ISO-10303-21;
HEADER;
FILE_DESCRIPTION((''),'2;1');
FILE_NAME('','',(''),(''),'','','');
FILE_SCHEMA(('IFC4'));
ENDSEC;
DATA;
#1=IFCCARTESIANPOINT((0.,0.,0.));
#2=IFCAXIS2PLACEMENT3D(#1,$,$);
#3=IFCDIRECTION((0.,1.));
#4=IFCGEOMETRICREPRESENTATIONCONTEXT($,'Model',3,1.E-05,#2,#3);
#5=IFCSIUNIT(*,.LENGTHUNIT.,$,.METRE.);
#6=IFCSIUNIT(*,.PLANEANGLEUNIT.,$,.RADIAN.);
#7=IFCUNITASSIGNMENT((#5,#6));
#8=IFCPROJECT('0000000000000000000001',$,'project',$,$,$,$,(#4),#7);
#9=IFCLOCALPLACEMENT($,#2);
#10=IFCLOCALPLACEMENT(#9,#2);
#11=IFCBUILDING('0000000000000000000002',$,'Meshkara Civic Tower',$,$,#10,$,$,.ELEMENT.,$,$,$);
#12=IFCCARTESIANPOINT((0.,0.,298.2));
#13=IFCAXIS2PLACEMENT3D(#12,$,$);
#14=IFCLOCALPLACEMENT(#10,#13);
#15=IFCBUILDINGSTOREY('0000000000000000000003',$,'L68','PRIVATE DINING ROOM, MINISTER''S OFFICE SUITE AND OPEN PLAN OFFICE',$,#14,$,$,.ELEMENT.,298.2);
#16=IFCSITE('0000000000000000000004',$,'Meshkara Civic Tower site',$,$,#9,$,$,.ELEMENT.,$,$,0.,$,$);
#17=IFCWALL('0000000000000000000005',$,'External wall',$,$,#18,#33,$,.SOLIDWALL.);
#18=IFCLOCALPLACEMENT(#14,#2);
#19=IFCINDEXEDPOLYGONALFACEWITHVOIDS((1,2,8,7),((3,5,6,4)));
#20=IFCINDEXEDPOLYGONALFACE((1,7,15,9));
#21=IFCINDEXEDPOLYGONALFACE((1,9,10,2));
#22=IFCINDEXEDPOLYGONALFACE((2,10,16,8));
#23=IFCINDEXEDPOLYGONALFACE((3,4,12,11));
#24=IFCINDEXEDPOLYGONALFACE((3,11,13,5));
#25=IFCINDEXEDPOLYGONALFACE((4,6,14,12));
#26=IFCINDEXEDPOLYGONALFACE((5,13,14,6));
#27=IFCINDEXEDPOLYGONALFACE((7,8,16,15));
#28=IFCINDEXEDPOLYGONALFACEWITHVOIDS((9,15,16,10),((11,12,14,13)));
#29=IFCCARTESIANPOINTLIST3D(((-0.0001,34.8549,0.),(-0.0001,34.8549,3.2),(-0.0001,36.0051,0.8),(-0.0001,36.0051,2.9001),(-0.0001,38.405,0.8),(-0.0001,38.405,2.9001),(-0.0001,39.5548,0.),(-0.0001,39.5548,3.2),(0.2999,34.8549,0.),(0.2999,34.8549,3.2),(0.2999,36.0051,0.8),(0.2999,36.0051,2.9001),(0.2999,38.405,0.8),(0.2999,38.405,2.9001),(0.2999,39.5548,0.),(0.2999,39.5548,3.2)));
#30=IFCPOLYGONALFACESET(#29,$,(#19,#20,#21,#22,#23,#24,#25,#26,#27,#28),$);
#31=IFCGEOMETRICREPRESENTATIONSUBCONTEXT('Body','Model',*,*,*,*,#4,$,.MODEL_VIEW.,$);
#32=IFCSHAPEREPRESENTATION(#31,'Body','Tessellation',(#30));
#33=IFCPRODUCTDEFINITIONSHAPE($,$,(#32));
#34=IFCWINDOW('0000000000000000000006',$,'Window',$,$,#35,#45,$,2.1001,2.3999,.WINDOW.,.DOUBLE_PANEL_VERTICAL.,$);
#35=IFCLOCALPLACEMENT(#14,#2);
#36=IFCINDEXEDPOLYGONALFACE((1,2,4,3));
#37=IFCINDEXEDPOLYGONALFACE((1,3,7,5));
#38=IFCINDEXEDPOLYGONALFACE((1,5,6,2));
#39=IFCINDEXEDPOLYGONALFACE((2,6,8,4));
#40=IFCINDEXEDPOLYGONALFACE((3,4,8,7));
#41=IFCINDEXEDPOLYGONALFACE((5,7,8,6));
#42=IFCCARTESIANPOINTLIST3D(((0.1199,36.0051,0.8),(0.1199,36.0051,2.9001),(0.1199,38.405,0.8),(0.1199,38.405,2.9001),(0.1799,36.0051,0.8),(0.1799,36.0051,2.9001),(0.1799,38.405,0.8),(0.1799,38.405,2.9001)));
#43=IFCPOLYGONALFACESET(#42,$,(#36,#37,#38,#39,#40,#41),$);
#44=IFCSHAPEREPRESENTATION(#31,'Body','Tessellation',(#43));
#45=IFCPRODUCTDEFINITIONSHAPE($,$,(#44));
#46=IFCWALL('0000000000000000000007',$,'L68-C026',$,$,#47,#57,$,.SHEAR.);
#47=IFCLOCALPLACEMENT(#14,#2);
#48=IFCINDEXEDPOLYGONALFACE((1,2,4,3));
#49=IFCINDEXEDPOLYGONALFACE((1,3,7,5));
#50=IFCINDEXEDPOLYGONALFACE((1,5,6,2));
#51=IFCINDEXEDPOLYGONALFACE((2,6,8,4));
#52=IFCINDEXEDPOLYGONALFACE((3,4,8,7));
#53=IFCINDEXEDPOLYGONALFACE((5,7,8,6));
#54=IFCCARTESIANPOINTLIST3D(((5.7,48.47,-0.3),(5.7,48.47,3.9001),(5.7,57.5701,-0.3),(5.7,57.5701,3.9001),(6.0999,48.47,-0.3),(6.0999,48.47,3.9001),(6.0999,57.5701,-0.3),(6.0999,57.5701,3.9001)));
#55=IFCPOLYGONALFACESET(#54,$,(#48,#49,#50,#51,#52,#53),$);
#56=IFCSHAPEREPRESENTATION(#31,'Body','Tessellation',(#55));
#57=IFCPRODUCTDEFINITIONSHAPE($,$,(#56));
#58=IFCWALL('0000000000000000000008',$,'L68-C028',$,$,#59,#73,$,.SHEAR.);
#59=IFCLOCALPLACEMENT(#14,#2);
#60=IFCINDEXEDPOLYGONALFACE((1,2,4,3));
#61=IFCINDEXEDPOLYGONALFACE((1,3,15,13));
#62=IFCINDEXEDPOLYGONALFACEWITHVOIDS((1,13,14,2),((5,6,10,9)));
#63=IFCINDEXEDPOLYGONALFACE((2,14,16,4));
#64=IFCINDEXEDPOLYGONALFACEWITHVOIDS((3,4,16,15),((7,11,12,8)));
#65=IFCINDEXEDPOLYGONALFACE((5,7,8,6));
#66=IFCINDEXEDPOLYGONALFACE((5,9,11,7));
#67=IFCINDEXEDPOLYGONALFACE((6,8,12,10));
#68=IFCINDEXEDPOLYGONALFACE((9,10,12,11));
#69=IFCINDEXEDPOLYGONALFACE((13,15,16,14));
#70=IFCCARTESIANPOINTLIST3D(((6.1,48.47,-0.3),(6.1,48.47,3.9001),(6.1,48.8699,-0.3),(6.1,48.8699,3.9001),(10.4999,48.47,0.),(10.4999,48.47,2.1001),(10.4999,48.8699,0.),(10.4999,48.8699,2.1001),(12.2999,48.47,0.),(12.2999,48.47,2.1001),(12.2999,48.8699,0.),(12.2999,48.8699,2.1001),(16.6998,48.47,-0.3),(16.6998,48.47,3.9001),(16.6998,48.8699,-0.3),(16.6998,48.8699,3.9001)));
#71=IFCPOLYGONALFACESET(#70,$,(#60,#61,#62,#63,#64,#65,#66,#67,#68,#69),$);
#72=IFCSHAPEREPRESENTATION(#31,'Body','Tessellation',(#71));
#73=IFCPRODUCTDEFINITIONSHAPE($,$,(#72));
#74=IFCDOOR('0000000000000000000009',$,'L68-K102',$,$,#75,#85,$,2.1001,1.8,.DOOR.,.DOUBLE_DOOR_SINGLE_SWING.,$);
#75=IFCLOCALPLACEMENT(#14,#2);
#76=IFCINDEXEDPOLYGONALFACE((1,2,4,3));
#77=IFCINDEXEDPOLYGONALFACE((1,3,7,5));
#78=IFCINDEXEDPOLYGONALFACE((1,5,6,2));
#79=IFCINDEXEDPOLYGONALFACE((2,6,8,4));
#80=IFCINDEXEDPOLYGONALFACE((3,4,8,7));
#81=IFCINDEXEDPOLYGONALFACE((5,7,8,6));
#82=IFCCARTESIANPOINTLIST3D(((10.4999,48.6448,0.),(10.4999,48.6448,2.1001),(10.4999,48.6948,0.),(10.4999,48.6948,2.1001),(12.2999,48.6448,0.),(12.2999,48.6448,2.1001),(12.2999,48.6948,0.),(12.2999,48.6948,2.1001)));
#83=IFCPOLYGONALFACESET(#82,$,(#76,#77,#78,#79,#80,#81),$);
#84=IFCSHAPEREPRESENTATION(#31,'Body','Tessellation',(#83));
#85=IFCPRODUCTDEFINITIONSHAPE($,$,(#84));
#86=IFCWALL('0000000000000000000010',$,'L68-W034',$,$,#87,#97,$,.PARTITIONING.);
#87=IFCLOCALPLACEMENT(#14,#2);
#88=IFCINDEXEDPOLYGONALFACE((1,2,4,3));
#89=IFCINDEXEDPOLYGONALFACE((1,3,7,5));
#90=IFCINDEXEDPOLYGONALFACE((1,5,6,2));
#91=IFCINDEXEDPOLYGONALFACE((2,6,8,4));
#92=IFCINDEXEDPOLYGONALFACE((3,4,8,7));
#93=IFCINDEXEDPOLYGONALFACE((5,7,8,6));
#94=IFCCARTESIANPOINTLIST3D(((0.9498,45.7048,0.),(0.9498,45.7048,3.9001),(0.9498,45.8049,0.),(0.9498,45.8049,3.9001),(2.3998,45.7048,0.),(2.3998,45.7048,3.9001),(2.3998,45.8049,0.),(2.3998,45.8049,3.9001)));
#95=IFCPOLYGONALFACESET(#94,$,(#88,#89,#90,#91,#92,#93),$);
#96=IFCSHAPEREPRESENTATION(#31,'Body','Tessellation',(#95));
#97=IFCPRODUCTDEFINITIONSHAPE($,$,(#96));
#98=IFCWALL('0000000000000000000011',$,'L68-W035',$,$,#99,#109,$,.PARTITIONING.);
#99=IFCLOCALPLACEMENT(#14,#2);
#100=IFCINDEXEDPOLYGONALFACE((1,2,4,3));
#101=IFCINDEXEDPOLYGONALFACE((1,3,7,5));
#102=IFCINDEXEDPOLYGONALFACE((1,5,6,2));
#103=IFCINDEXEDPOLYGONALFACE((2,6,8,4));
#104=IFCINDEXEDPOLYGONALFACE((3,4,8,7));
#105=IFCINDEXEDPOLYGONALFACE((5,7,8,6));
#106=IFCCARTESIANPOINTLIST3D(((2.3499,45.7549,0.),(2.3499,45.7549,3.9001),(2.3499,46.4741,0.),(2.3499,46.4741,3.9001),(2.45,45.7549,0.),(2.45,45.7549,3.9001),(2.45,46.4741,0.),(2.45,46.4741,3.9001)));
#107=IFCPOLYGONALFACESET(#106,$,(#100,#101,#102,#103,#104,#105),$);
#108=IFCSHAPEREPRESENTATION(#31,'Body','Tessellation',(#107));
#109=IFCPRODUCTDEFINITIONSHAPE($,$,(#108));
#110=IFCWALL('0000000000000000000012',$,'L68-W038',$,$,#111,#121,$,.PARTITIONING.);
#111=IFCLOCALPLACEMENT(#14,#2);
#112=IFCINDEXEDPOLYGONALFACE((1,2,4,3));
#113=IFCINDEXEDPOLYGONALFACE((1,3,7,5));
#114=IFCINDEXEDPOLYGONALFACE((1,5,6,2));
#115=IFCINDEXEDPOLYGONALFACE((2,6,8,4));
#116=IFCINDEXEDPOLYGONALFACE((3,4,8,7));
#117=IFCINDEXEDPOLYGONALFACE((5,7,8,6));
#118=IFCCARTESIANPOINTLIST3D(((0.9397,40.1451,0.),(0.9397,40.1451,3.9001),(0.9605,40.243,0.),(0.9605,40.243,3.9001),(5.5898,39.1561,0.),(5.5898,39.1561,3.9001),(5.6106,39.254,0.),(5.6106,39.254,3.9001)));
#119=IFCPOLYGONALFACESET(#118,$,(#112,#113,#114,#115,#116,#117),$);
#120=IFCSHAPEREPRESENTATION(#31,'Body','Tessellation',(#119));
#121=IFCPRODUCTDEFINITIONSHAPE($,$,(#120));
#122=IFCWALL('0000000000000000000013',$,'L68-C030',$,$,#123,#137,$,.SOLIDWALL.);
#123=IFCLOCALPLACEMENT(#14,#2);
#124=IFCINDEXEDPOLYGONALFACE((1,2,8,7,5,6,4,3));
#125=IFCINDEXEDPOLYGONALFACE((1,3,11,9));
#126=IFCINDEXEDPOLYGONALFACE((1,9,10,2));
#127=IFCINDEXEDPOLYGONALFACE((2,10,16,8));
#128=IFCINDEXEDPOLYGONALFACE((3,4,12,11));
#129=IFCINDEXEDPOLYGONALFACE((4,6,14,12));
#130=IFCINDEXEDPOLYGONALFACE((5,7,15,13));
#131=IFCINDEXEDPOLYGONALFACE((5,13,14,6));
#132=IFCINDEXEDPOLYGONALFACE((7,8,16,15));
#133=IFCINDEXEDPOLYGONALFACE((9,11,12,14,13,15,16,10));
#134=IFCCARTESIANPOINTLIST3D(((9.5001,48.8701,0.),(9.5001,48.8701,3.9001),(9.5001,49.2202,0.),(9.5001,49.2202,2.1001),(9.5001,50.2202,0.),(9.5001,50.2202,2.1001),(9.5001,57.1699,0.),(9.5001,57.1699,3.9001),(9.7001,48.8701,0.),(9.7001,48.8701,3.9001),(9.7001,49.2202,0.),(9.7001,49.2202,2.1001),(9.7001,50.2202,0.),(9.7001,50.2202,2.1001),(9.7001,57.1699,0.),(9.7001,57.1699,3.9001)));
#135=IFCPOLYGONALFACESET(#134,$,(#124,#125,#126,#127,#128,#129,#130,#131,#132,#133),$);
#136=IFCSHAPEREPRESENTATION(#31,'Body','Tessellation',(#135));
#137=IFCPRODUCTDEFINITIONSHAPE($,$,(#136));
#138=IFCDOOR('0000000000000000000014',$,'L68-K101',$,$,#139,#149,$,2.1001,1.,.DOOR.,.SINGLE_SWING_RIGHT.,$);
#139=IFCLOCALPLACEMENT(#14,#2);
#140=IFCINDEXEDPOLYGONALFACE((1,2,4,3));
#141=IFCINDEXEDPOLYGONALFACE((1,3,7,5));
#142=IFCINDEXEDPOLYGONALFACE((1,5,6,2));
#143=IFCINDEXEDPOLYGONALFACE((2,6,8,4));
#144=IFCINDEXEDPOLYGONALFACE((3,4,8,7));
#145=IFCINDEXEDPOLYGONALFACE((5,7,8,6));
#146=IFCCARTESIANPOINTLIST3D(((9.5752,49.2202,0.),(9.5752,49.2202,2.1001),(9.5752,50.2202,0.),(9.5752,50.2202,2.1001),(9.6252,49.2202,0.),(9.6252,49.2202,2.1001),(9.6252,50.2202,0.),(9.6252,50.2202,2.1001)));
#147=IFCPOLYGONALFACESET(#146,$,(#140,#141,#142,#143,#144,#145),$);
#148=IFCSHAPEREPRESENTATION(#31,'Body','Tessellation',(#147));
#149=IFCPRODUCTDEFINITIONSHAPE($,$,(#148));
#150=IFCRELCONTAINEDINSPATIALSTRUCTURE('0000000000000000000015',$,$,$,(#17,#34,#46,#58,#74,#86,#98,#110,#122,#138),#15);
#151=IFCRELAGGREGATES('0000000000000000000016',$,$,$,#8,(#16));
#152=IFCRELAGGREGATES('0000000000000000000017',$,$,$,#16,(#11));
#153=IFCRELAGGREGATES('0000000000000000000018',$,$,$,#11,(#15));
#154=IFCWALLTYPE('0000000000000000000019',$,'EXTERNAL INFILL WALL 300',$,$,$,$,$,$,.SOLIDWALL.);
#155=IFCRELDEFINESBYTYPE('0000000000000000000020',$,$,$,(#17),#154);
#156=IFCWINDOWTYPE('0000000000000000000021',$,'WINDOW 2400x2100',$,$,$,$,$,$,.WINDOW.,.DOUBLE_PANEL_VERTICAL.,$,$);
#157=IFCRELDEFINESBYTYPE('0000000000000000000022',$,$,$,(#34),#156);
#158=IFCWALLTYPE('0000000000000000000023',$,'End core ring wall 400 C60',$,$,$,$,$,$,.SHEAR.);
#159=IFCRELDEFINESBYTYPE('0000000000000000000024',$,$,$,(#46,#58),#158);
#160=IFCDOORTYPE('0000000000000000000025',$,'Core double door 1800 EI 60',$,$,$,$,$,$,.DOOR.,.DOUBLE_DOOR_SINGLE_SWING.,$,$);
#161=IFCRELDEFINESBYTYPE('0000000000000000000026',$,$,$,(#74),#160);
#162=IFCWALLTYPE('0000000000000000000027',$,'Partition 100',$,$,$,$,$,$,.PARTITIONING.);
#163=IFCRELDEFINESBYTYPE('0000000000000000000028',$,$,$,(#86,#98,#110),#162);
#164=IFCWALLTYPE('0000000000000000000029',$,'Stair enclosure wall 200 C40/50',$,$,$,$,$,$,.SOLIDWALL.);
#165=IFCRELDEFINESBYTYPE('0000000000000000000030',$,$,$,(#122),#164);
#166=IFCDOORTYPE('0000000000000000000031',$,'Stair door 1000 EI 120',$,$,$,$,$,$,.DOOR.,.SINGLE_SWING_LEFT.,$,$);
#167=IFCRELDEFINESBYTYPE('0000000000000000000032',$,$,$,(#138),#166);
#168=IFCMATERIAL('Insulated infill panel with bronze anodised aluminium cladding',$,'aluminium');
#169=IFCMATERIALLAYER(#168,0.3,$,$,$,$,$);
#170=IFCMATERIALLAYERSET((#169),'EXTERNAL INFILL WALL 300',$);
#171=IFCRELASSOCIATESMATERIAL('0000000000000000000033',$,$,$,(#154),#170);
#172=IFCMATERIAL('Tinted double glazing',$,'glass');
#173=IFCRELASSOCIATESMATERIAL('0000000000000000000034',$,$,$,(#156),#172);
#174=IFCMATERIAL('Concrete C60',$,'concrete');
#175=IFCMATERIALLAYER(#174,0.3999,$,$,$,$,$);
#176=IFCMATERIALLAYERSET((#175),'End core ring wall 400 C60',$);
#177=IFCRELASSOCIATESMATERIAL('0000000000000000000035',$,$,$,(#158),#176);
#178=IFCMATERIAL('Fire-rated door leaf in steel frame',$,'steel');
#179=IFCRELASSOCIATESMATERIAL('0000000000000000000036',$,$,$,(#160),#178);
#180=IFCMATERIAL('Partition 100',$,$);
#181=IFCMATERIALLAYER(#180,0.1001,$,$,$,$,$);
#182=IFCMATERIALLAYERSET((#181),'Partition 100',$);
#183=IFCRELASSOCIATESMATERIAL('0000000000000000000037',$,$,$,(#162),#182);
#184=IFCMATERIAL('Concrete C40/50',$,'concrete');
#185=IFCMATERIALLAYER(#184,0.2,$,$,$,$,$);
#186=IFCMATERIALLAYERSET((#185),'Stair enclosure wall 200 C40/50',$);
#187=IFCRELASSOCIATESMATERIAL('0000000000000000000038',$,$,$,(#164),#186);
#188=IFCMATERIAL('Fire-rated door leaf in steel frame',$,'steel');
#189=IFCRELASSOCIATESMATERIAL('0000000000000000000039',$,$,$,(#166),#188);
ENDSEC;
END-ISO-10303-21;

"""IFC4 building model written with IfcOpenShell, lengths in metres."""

from ifc_helpers import new_model, si_unit, direction, frame, frame_2d, origin, place, context, subcontext, project, spatial, rectangle, extrude, material, layer, layer_set, type_object, element, fill, save


model = new_model("IFC4")

# Units and contexts
model_context = context("Model", 3, precision=1e-05, world=origin(), true_north=direction((0.0, 1.0)))
body_context = subcontext(model_context, "Body", "Model", "MODEL_VIEW")
ifc_project = project(units=[si_unit("LENGTHUNIT", "METRE"), si_unit("PLANEANGLEUNIT", "RADIAN")], contexts=[model_context])

# Site, building, storey
site_placement = place(None, origin())
site = spatial("IfcSite", under=ifc_project, at=site_placement, Name="Meshkara Civic Tower site", CompositionType="ELEMENT", RefElevation=0.0)
building_placement = place(site_placement, origin())
building = spatial("IfcBuilding", under=site, at=building_placement, Name="Meshkara Civic Tower", CompositionType="ELEMENT")
storey_placement = place(building_placement, frame((0.0, 0.0, 298.2)))
storey = spatial("IfcBuildingStorey", under=building, at=storey_placement, Name="L68", Description="PRIVATE DINING ROOM, MINISTER'S OFFICE SUITE AND OPEN PLAN OFFICE", CompositionType="ELEMENT", Elevation=298.2)

# Wall, opening, window
ifc_material_1 = material(Name="Insulated infill panel with bronze anodised aluminium cladding", Category="aluminium")
ifc_layer_1 = layer(ifc_material_1, 0.3)
ifc_layer_set_1 = layer_set([ifc_layer_1], Name="EXTERNAL INFILL WALL 300")
wall_type_1 = type_object("IfcWallType", Name="EXTERNAL INFILL WALL 300", PredefinedType="SOLIDWALL", material=ifc_layer_set_1)
ifc_material_2 = material(Name="Tinted double glazing", Category="glass")
window_type = type_object("IfcWindowType", Name="WINDOW 2400x2100", PartitioningType="DOUBLE_PANEL_VERTICAL", PredefinedType="WINDOW", material=ifc_material_2)
wall_1_placement = place(storey_placement, frame((0.1499, 39.5549, 0.0), z_axis=(0.0, 0.0, 1.0), x_axis=(0.0, -1.0, 0.0)))
wall_1 = element("IfcWall", 1, at=wall_1_placement, inside=storey, type_object=wall_type_1, Name="External wall", PredefinedType="SOLIDWALL", context=body_context, shape_type="SweptSolid", body=[
    extrude(rectangle(XDim=4.7, YDim=0.3, at=frame_2d((2.3501, 0.0))), origin(), (0.0, 0.0, 1.0), 3.2),
])
opening_1_placement = place(wall_1_placement, frame((1.1499, 0.0, 0.8)))
opening_1 = element("IfcOpeningElement", 2, at=opening_1_placement, cuts=wall_1, PredefinedType="OPENING", context=body_context, shape_type="SweptSolid", body=[
    extrude(rectangle(XDim=2.3999, YDim=2.1001, at=frame_2d((1.2, 1.05))), frame((0.0, 0.1599, 0.0), z_axis=(0.0, -1.0, 0.0), x_axis=(1.0, 0.0, 0.0)), (0.0, 0.0, 1.0), 0.3201),
])
window_1_placement = place(opening_1_placement, origin())
window_1 = element("IfcWindow", 3, at=window_1_placement, inside=storey, type_object=window_type, Name="Window", OverallHeight=2.1001, OverallWidth=2.3999, PartitioningType="DOUBLE_PANEL_VERTICAL", PredefinedType="WINDOW", context=body_context, shape_type="SweptSolid", body=[
    extrude(rectangle(XDim=2.3999, YDim=2.1001, at=frame_2d((1.2, 1.05))), frame((0.0, 0.03, 0.0), z_axis=(0.0, -1.0, 0.0), x_axis=(1.0, 0.0, 0.0)), (0.0, 0.0, 1.0), 0.0601),
])
fill(opening_1, window_1)

# Wall
ifc_material_3 = material(Name="Concrete C60", Category="concrete")
ifc_layer_2 = layer(ifc_material_3, 0.3999)
ifc_layer_set_2 = layer_set([ifc_layer_2], Name="End core ring wall 400 C60")
wall_type_2 = type_object("IfcWallType", Name="End core ring wall 400 C60", PredefinedType="SHEAR", material=ifc_layer_set_2)
wall_2_placement = place(storey_placement, frame((5.8999, 48.47, -0.3), z_axis=(0.0, 0.0, 1.0), x_axis=(0.0, 1.0, 0.0)))
element("IfcWall", 4, at=wall_2_placement, inside=storey, type_object=wall_type_2, Name="L68-C026", PredefinedType="SHEAR", context=body_context, shape_type="SweptSolid", body=[
    extrude(rectangle(XDim=9.1001, YDim=0.3999, at=frame_2d((4.55, 0.0))), origin(), (0.0, 0.0, 1.0), 4.2002),
])

# Wall, opening, door
wall_3_placement = place(storey_placement, frame((6.1001, 48.6699, -0.3), z_axis=(0.0, 0.0, 1.0), x_axis=(1.0, 0.0, 0.0)))
wall_3 = element("IfcWall", 5, at=wall_3_placement, inside=storey, type_object=wall_type_2, Name="L68-C028", PredefinedType="SHEAR", context=body_context, shape_type="SweptSolid", body=[
    extrude(rectangle(XDim=10.5999, YDim=0.3999, at=frame_2d((5.2998, 0.0))), origin(), (0.0, 0.0, 1.0), 4.2002),
])
opening_2_placement = place(wall_3_placement, frame((4.3999, 0.0, 0.3)))
opening_2 = element("IfcOpeningElement", 6, at=opening_2_placement, cuts=wall_3, PredefinedType="OPENING", context=body_context, shape_type="SweptSolid", body=[
    extrude(rectangle(XDim=1.8, YDim=2.1001, at=frame_2d((0.8999, 1.05))), frame((0.0, 0.21, 0.0), z_axis=(0.0, -1.0, 0.0), x_axis=(1.0, 0.0, 0.0)), (0.0, 0.0, 1.0), 0.4199),
])
ifc_material_4 = material(Name="Fire-rated door leaf in steel frame", Category="steel")
door_type_1 = type_object("IfcDoorType", Name="Core double door 1800 EI 60", OperationType="DOUBLE_DOOR_SINGLE_SWING", PredefinedType="DOOR", material=ifc_material_4)
door_1_placement = place(opening_2_placement, origin())
door_1 = element("IfcDoor", 7, at=door_1_placement, inside=storey, type_object=door_type_1, Name="L68-K102", OperationType="DOUBLE_DOOR_SINGLE_SWING", OverallHeight=2.1001, OverallWidth=1.8, PredefinedType="DOOR", context=body_context, shape_type="SweptSolid", body=[
    extrude(rectangle(XDim=1.8, YDim=2.1001, at=frame_2d((0.8999, 1.05))), frame((0.0, 0.0249, 0.0), z_axis=(0.0, -1.0, 0.0), x_axis=(1.0, 0.0, 0.0)), (0.0, 0.0, 1.0), 0.05),
])
fill(opening_2, door_1)

# Walls
ifc_material_5 = material(Name="Partition 100")
ifc_layer_3 = layer(ifc_material_5, 0.1001)
ifc_layer_set_3 = layer_set([ifc_layer_3], Name="Partition 100")
wall_type_3 = type_object("IfcWallType", Name="Partition 100", PredefinedType="PARTITIONING", material=ifc_layer_set_3)
wall_4_placement = place(storey_placement, frame((2.3999, 45.7549, 0.0), z_axis=(0.0, 0.0, 1.0), x_axis=(-1.0, 0.0, 0.0)))
element("IfcWall", 8, at=wall_4_placement, inside=storey, type_object=wall_type_3, Name="L68-W034", PredefinedType="PARTITIONING", context=body_context, shape_type="SweptSolid", body=[
    extrude(rectangle(XDim=1.45, YDim=0.1001, at=frame_2d((0.7251, 0.0))), origin(), (0.0, 0.0, 1.0), 3.9001),
])
wall_5_placement = place(storey_placement, frame((2.3999, 46.4741, 0.0), z_axis=(0.0, 0.0, 1.0), x_axis=(0.0, -1.0, 0.0)))
element("IfcWall", 9, at=wall_5_placement, inside=storey, type_object=wall_type_3, Name="L68-W035", PredefinedType="PARTITIONING", context=body_context, shape_type="SweptSolid", body=[
    extrude(rectangle(XDim=0.7192, YDim=0.1001, at=frame_2d((0.3596, 0.0))), origin(), (0.0, 0.0, 1.0), 3.9001),
])
wall_6_placement = place(storey_placement, frame((5.6001, 39.2051, 0.0), z_axis=(0.0, 0.0, 1.0), x_axis=(-0.978122, 0.208031, 0.0)))
element("IfcWall", 10, at=wall_6_placement, inside=storey, type_object=wall_type_3, Name="L68-W038", PredefinedType="PARTITIONING", context=body_context, shape_type="SweptSolid", body=[
    extrude(rectangle(XDim=4.7542, YDim=0.1001, at=frame_2d((2.377, 0.0))), origin(), (0.0, 0.0, 1.0), 3.9001),
])

# Wall, opening, door
ifc_material_6 = material(Name="Concrete C40/50", Category="concrete")
ifc_layer_4 = layer(ifc_material_6, 0.2)
ifc_layer_set_4 = layer_set([ifc_layer_4], Name="Stair enclosure wall 200 C40/50")
wall_type_4 = type_object("IfcWallType", Name="Stair enclosure wall 200 C40/50", PredefinedType="SOLIDWALL", material=ifc_layer_set_4)
wall_7_placement = place(storey_placement, frame((9.6001, 48.8701, 0.0), z_axis=(0.0, 0.0, 1.0), x_axis=(0.0, 1.0, 0.0)))
wall_7 = element("IfcWall", 11, at=wall_7_placement, inside=storey, type_object=wall_type_4, Name="L68-C030", PredefinedType="SOLIDWALL", context=body_context, shape_type="SweptSolid", body=[
    extrude(rectangle(XDim=8.2998, YDim=0.2, at=frame_2d((4.1499, 0.0))), origin(), (0.0, 0.0, 1.0), 3.9001),
])
opening_3_placement = place(wall_7_placement, frame((0.3501, 0.0, 0.0)))
opening_3 = element("IfcOpeningElement", 12, at=opening_3_placement, cuts=wall_7, PredefinedType="OPENING", context=body_context, shape_type="SweptSolid", body=[
    extrude(rectangle(XDim=1.0, YDim=2.1001, at=frame_2d((0.5, 1.05))), frame((0.0, 0.1099, 0.0), z_axis=(0.0, -1.0, 0.0), x_axis=(1.0, 0.0, 0.0)), (0.0, 0.0, 1.0), 0.22),
])
ifc_material_7 = material(Name="Fire-rated door leaf in steel frame", Category="steel")
door_type_2 = type_object("IfcDoorType", Name="Stair door 1000 EI 120", OperationType="SINGLE_SWING_LEFT", PredefinedType="DOOR", material=ifc_material_7)
door_2_placement = place(opening_3_placement, origin())
door_2 = element("IfcDoor", 13, at=door_2_placement, inside=storey, type_object=door_type_2, Name="L68-K101", OperationType="SINGLE_SWING_RIGHT", OverallHeight=2.1001, OverallWidth=1.0, PredefinedType="DOOR", context=body_context, shape_type="SweptSolid", body=[
    extrude(rectangle(XDim=1.0, YDim=2.1001, at=frame_2d((0.5, 1.05))), frame((0.0, 0.0249, 0.0), z_axis=(0.0, -1.0, 0.0), x_axis=(1.0, 0.0, 0.0)), (0.0, 0.0, 1.0), 0.05),
])
fill(opening_3, door_2)

save(model, "model.ifc")
